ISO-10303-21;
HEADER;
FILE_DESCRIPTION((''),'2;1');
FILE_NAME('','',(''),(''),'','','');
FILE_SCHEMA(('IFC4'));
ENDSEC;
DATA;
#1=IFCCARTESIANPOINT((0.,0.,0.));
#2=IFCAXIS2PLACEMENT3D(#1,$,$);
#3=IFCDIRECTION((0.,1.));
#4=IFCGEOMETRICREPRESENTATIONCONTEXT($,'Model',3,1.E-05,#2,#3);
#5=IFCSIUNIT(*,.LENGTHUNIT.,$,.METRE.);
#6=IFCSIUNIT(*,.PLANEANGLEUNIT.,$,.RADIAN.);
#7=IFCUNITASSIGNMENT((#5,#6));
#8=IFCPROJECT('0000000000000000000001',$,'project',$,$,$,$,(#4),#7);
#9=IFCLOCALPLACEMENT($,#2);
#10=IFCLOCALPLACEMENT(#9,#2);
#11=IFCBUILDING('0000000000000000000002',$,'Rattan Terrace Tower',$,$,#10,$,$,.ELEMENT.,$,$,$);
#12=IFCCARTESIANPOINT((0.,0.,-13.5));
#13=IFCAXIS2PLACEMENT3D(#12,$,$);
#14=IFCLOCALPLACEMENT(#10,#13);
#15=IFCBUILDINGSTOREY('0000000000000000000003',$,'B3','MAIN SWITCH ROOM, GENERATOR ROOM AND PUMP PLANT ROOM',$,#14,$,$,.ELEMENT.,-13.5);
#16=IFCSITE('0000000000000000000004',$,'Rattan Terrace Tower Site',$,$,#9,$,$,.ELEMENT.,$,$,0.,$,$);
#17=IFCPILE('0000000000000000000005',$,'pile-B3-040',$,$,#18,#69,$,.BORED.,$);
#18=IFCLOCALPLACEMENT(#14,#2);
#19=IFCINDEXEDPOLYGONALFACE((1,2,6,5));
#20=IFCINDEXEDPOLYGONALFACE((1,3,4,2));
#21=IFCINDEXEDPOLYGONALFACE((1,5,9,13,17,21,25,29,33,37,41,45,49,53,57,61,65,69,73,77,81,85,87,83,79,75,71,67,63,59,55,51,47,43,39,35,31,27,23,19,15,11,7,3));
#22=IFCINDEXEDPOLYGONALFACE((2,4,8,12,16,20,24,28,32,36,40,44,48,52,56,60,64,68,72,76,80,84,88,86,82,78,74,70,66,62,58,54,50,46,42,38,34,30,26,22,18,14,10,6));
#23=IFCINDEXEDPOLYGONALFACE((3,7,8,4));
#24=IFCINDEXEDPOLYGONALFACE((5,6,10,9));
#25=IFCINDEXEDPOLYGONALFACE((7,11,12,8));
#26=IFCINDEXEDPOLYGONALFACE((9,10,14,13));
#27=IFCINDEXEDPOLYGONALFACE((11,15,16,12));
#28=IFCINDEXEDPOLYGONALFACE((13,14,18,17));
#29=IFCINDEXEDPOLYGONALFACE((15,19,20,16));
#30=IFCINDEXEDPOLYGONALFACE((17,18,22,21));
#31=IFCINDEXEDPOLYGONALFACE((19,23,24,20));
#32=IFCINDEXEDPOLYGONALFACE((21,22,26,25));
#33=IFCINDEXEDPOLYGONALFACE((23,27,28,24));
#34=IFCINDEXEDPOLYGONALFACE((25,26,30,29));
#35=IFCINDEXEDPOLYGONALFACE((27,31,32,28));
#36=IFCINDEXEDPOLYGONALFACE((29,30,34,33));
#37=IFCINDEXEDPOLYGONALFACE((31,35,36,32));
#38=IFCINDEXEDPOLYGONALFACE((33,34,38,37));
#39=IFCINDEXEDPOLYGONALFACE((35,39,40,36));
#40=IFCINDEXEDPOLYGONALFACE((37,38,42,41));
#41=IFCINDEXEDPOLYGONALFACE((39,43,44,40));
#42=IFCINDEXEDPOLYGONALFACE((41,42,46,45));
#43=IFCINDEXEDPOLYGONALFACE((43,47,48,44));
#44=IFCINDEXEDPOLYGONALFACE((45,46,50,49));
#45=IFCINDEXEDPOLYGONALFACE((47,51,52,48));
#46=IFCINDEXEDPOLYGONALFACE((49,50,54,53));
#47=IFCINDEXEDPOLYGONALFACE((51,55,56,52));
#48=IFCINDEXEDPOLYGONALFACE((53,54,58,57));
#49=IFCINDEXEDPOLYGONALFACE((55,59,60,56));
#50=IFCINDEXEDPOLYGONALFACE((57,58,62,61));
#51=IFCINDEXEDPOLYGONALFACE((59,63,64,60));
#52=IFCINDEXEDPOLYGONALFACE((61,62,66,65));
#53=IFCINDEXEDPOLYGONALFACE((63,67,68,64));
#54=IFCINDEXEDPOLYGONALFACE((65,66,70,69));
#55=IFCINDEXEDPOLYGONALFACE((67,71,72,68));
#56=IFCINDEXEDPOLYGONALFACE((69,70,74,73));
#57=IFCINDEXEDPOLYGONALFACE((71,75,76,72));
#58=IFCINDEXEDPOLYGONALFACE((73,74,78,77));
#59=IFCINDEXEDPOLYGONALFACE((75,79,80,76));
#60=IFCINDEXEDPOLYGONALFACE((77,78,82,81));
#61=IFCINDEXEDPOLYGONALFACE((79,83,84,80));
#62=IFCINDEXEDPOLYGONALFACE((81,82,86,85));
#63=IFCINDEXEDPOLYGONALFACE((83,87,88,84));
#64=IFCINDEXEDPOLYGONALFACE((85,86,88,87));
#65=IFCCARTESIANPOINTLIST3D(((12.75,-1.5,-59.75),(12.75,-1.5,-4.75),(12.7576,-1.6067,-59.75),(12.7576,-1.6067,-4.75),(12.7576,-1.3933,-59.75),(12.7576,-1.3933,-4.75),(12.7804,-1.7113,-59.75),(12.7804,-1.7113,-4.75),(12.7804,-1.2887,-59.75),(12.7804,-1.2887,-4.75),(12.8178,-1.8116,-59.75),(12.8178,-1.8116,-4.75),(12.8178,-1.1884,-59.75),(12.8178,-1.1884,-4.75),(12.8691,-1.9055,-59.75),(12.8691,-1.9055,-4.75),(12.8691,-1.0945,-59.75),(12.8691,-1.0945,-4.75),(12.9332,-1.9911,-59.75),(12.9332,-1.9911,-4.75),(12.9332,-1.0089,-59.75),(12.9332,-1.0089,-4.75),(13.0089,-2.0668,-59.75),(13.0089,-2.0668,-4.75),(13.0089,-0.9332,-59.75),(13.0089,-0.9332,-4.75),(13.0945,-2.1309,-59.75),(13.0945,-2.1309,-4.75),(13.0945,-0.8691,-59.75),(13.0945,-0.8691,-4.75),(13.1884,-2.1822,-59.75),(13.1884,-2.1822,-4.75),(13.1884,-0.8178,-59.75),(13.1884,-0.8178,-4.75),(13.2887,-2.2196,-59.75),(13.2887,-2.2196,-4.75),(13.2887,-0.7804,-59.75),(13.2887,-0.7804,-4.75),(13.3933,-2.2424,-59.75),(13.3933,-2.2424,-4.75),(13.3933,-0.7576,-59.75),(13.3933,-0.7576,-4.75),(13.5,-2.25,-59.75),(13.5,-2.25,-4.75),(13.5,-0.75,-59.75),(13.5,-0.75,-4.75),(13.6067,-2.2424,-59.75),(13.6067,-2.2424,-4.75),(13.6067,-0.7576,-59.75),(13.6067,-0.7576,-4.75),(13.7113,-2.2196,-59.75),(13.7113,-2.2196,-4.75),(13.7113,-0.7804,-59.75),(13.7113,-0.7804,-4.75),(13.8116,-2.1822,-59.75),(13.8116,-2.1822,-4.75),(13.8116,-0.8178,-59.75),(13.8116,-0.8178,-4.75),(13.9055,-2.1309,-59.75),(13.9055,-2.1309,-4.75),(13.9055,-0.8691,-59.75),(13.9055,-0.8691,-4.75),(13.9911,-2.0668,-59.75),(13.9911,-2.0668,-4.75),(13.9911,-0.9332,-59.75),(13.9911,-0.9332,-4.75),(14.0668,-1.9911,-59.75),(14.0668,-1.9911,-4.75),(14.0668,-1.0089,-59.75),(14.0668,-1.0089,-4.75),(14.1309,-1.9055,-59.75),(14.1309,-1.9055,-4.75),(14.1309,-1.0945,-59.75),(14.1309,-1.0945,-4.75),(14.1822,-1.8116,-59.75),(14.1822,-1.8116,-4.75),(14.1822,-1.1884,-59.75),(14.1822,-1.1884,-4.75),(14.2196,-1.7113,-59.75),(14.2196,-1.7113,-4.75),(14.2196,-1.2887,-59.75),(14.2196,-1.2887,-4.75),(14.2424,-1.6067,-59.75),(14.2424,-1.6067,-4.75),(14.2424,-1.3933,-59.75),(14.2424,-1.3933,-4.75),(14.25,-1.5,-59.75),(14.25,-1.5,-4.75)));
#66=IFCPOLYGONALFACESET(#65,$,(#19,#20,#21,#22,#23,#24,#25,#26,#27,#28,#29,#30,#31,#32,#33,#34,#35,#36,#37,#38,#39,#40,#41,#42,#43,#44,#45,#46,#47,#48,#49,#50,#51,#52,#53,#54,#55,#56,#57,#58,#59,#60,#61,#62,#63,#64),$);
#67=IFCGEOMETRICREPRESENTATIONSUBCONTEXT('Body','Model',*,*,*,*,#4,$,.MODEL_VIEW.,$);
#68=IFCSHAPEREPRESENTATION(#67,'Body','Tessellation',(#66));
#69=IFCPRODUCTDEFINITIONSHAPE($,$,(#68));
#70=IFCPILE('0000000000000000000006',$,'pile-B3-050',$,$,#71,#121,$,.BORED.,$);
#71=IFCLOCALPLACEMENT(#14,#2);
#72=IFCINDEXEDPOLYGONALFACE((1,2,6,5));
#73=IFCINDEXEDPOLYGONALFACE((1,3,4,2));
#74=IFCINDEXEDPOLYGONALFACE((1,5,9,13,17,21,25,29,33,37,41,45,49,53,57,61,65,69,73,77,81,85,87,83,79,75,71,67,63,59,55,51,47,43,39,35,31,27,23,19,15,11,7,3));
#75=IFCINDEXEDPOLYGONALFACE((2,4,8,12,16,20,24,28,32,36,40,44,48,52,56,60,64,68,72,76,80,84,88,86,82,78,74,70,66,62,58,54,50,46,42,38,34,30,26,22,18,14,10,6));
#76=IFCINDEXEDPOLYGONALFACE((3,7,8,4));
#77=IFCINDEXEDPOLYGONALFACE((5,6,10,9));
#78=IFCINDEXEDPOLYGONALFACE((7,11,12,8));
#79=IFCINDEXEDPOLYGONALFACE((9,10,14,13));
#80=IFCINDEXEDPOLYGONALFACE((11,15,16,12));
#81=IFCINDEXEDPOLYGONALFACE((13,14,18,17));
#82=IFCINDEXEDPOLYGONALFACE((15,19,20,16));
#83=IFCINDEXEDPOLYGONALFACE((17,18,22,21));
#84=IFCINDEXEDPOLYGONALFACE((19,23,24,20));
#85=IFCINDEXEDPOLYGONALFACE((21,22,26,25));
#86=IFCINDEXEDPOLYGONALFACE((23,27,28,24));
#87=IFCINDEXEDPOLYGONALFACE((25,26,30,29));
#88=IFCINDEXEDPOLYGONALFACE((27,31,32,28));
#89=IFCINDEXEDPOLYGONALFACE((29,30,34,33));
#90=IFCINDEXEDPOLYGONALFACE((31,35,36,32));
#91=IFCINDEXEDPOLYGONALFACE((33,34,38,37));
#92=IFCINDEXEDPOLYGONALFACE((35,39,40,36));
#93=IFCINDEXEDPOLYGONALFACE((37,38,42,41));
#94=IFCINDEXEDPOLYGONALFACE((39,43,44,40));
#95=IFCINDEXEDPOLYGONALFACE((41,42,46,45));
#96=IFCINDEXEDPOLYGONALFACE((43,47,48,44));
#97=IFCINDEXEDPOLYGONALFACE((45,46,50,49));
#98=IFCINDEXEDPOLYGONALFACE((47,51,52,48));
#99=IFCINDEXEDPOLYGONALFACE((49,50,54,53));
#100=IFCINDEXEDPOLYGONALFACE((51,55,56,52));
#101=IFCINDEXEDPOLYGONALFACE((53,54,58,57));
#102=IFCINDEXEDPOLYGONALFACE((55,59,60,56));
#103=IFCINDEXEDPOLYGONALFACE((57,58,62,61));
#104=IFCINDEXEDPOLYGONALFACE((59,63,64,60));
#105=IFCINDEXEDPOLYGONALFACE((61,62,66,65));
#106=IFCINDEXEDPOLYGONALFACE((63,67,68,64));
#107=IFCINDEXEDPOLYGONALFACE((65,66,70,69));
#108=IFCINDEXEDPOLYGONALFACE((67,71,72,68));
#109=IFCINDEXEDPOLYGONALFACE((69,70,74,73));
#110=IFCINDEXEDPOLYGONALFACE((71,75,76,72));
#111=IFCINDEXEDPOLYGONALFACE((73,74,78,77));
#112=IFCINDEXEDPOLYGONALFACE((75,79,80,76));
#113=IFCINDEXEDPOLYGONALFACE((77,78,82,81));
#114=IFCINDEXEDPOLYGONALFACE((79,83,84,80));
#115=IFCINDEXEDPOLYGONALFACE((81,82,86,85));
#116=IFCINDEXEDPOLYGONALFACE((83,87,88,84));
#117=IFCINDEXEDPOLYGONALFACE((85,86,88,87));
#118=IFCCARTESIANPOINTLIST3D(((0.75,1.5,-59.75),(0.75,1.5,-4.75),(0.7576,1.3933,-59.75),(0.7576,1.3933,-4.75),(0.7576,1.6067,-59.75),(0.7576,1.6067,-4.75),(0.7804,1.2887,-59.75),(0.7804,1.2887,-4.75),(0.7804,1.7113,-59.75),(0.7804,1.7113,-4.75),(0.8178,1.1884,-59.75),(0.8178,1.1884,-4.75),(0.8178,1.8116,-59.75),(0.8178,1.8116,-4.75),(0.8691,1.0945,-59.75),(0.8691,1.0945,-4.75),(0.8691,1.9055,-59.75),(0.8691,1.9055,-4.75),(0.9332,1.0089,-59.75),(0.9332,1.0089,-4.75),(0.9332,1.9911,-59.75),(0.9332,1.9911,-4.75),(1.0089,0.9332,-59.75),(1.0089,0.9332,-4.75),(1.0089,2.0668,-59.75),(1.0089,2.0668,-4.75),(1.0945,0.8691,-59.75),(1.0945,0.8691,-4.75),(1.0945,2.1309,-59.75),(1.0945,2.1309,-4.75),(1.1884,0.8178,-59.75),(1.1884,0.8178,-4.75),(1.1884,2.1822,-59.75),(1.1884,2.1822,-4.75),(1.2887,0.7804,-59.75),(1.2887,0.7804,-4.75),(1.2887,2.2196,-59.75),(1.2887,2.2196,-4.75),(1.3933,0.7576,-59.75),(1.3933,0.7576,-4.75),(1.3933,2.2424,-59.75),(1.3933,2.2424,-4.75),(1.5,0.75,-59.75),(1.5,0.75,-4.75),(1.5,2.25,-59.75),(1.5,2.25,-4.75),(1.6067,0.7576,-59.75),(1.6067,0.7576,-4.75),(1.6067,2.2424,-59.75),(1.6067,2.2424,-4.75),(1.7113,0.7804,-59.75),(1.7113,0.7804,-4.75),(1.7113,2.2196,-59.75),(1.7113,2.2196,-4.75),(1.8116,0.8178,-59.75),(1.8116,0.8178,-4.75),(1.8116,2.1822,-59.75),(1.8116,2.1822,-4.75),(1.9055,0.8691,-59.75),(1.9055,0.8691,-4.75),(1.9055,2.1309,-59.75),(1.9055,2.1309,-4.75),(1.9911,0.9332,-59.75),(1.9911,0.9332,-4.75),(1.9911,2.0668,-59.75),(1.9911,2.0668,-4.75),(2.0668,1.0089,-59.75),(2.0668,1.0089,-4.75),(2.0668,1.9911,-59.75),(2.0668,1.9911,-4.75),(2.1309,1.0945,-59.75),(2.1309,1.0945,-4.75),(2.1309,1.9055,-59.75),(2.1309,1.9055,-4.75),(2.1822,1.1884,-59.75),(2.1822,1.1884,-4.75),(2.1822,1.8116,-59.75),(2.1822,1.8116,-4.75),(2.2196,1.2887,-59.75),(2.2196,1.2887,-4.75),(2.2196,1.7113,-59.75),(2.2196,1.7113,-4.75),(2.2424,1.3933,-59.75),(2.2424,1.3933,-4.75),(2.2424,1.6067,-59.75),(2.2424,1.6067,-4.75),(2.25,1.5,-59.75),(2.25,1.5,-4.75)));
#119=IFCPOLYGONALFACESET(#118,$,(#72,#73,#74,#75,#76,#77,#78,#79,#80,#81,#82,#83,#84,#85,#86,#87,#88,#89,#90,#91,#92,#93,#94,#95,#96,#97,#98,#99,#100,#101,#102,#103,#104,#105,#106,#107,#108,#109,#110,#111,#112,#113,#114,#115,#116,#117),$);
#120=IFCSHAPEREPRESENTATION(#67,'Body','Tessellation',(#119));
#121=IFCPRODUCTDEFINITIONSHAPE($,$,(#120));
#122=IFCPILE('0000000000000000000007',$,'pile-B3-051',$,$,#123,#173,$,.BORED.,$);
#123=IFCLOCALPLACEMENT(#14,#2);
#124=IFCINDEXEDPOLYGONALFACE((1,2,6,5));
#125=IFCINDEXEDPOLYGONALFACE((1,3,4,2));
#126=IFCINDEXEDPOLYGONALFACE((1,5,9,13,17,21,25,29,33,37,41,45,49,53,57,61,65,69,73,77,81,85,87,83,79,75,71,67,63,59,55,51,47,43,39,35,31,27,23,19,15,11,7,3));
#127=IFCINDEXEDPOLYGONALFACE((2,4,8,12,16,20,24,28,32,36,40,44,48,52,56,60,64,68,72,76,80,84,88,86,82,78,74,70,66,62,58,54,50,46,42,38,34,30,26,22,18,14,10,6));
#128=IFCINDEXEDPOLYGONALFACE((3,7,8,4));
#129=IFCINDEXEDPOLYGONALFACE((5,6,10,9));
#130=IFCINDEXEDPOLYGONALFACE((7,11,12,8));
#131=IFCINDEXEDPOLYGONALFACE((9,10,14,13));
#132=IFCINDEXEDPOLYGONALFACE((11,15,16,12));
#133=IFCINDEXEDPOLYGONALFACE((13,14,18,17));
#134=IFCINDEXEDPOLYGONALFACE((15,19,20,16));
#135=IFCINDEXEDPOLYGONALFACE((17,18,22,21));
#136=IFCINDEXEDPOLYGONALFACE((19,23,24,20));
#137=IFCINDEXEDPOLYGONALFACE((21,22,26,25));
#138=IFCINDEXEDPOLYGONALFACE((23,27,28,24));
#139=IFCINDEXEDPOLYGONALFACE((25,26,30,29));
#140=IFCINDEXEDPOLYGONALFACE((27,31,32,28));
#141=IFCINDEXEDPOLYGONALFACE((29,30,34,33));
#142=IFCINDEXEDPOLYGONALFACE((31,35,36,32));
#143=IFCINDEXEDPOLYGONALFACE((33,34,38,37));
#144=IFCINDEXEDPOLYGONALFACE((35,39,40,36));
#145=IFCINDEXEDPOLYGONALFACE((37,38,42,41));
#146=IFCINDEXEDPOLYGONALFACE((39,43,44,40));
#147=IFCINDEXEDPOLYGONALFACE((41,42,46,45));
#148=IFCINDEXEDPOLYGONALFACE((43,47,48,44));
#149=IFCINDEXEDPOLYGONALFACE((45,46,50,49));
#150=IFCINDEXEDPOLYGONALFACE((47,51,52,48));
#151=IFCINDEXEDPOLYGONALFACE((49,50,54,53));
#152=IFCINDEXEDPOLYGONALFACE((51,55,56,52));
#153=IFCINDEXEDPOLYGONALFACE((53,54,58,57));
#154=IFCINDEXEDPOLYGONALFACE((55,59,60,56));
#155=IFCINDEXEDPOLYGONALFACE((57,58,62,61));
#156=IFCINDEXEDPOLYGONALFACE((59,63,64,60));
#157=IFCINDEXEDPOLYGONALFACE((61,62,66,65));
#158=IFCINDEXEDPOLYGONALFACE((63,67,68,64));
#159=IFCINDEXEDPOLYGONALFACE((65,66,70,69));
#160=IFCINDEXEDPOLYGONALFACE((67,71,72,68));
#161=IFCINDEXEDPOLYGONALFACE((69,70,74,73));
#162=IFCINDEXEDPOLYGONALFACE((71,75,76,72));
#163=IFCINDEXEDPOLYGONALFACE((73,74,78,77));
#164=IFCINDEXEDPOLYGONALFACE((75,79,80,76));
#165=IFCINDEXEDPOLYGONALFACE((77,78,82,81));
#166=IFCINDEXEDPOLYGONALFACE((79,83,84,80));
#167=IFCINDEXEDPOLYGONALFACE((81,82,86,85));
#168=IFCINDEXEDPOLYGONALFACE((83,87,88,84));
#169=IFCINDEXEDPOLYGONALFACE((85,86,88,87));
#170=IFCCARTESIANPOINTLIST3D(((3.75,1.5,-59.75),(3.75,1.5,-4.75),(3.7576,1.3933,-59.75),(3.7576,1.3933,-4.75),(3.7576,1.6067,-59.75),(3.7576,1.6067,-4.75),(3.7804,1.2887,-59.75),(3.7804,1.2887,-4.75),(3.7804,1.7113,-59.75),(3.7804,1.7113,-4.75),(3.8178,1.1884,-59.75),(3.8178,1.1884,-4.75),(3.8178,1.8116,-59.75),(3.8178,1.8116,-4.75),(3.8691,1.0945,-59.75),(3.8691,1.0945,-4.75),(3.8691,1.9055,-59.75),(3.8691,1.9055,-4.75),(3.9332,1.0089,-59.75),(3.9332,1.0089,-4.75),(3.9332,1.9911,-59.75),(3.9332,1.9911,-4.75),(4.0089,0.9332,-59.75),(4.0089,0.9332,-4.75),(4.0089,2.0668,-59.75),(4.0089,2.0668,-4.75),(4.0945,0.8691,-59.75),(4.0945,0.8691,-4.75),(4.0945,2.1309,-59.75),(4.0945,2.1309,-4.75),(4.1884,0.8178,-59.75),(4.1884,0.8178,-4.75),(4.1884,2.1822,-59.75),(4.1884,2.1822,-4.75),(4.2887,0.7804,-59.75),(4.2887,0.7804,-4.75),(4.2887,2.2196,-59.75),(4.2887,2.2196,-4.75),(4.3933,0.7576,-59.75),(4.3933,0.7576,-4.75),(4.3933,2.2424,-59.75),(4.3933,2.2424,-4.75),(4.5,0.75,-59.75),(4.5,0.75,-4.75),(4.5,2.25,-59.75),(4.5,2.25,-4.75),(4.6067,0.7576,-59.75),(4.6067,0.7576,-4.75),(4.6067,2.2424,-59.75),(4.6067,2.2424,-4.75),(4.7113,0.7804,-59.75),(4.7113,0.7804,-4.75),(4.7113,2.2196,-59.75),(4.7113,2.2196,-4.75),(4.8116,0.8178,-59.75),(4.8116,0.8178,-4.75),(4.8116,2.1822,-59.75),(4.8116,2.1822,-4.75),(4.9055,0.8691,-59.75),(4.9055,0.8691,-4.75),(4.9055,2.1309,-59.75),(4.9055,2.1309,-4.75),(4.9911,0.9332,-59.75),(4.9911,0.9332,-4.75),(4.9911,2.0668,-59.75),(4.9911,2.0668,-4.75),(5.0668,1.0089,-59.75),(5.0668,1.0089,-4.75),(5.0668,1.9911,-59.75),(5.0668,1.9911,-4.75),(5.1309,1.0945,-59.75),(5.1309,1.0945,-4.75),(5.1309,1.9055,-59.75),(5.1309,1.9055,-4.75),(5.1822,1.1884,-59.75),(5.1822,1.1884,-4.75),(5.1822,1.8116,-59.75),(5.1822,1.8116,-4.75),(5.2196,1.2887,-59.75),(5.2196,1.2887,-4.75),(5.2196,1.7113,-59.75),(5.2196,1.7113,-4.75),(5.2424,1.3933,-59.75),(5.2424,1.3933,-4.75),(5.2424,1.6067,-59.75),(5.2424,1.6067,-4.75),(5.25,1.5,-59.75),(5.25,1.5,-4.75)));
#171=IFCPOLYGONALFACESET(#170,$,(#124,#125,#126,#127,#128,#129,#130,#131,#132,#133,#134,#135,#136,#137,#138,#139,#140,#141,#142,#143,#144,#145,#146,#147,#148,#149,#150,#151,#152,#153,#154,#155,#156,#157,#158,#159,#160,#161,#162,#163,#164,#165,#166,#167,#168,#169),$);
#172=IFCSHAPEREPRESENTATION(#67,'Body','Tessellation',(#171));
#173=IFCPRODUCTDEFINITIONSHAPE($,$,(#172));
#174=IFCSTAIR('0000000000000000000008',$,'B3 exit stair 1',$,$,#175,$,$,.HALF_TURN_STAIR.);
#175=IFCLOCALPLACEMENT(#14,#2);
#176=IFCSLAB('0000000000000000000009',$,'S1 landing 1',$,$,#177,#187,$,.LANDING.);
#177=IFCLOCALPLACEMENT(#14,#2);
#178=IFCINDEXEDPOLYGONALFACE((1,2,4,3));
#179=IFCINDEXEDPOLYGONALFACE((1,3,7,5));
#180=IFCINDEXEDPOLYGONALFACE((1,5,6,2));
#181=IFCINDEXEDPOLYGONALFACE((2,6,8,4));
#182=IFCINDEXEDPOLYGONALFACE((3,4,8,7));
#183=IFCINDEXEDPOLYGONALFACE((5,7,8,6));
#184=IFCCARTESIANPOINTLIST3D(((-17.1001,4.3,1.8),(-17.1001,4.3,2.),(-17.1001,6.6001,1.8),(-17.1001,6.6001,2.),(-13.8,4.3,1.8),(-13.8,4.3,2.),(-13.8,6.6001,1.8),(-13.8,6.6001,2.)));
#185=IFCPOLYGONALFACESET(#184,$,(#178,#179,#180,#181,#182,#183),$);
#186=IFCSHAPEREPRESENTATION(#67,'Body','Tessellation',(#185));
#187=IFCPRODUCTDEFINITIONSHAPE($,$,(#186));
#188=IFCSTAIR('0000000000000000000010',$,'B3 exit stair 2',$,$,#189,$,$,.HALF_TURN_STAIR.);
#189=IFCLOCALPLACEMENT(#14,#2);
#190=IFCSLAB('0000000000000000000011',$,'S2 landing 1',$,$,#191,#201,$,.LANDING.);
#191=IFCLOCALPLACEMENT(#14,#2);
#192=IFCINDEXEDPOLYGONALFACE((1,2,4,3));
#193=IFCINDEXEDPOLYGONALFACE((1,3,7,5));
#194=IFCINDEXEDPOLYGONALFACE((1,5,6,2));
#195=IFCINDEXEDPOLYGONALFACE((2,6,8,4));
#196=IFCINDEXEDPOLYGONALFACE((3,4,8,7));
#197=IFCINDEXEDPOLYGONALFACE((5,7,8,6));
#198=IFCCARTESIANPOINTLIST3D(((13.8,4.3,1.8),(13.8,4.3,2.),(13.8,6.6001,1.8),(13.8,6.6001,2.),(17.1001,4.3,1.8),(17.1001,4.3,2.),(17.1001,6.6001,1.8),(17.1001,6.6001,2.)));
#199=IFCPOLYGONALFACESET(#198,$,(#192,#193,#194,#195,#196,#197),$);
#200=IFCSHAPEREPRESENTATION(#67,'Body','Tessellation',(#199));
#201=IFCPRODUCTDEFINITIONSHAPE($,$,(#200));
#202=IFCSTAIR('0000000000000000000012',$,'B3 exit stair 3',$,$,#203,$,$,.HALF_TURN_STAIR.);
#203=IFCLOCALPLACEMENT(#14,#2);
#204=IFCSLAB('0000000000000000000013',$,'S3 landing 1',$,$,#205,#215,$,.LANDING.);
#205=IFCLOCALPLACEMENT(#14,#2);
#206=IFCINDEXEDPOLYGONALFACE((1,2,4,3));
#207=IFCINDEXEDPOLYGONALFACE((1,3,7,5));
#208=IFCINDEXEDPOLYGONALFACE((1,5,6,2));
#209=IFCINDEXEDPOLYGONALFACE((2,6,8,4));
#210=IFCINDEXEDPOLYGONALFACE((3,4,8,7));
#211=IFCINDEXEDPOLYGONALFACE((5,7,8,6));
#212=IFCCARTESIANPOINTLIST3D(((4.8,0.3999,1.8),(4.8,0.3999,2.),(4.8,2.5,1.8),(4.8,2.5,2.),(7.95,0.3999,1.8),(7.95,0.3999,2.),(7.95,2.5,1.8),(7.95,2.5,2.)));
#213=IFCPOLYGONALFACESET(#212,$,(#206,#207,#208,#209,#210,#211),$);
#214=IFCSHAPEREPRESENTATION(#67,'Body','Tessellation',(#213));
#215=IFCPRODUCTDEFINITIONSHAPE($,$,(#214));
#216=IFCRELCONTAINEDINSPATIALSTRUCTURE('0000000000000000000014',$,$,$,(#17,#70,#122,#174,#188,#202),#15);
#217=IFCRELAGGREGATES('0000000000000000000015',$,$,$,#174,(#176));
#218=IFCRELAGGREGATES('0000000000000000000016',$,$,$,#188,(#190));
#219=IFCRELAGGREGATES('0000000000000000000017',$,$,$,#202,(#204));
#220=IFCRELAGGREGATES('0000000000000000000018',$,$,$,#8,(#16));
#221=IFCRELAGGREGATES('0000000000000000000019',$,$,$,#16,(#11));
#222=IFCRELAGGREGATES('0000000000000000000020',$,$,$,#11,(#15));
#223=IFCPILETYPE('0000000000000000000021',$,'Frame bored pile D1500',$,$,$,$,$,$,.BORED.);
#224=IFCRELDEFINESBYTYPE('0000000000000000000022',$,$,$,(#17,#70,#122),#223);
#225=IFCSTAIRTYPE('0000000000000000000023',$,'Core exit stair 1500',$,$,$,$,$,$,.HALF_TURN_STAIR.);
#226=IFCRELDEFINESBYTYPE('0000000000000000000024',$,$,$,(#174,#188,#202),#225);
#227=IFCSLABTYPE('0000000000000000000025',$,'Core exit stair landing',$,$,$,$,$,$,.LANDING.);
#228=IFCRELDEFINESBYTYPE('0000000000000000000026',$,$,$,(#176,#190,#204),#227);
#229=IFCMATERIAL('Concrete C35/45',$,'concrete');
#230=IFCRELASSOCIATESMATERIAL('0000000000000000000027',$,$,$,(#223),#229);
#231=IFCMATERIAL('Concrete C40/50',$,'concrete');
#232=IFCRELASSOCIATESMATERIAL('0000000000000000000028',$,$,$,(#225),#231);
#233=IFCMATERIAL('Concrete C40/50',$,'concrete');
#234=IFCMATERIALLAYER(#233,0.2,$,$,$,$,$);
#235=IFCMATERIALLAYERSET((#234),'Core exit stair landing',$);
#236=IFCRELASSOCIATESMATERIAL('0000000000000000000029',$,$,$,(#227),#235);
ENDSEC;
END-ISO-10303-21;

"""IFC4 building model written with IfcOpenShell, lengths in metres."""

from ifc_helpers import new_model, si_unit, direction, frame, origin, origin_2d, place, context, subcontext, project, spatial, polyline, circle, outline, extrude, material, layer, layer_set, material_profile, profile_set, type_object, element, aggregate, save


model = new_model("IFC4")

# Units and contexts
model_context = context("Model", 3, precision=1e-05, world=origin(), true_north=direction((0.0, 1.0)))
body_context = subcontext(model_context, "Body", "Model", "MODEL_VIEW")
ifc_project = project(units=[si_unit("LENGTHUNIT", "METRE"), si_unit("PLANEANGLEUNIT", "RADIAN")], contexts=[model_context])

# Site, building, storey
site_placement = place(None, origin())
site = spatial("IfcSite", under=ifc_project, at=site_placement, Name="Rattan Terrace Tower Site", CompositionType="ELEMENT", RefElevation=0.0)
building_placement = place(site_placement, origin())
building = spatial("IfcBuilding", under=site, at=building_placement, Name="Rattan Terrace Tower", CompositionType="ELEMENT")
storey_placement = place(building_placement, frame((0.0, 0.0, -13.5)))
storey = spatial("IfcBuildingStorey", under=building, at=storey_placement, Name="B3", Description="MAIN SWITCH ROOM, GENERATOR ROOM AND PUMP PLANT ROOM", CompositionType="ELEMENT", Elevation=-13.5)

# Piles
ifc_material_1 = material(Name="Concrete C35/45", Category="concrete")
ifc_material_profile = material_profile(ifc_material_1, circle(Radius=0.75, at=origin_2d()), Name="PILE D1500")
ifc_profile_set = profile_set([ifc_material_profile], Name="Concrete C35/45")
pile_type = type_object("IfcPileType", Name="Frame bored pile D1500", PredefinedType="BORED", material=ifc_profile_set)
for number, where, z_axis, x_axis, name in (
    (1, (13.5, -1.5, -4.75), (0.0, 0.0, -1.0), (1.0, 0.0, 0.0), "pile-B3-040"),
    (2, (1.5, 1.5, -4.75), (0.0, 0.0, -1.0), (1.0, 0.0, 0.0), "pile-B3-050"),
    (3, (4.5, 1.5, -4.75), (0.0, 0.0, -1.0), (1.0, 0.0, 0.0), "pile-B3-051"),
):
    element("IfcPile", number, at=place(storey_placement, frame(where, z_axis=z_axis, x_axis=x_axis)), inside=storey, type_object=pile_type, Name=name, PredefinedType="BORED", context=body_context, shape_type="SweptSolid", body=[
        extrude(circle(Radius=0.75, at=origin_2d()), origin(), (0.0, 0.0, 1.0), 55.0),
    ])

# Stairs, slabs
ifc_material_2 = material(Name="Concrete C40/50", Category="concrete")
stair_type = type_object("IfcStairType", Name="Core exit stair 1500", PredefinedType="HALF_TURN_STAIR", material=ifc_material_2)
stair_1_placement = place(storey_placement, origin())
stair_1 = element("IfcStair", 4, at=stair_1_placement, inside=storey, type_object=stair_type, Name="B3 exit stair 1", PredefinedType="HALF_TURN_STAIR")
ifc_material_3 = material(Name="Concrete C40/50", Category="concrete")
ifc_layer_1 = layer(ifc_material_3, 0.2)
ifc_layer_set_1 = layer_set([ifc_layer_1], Name="Core exit stair landing")
slab_type = type_object("IfcSlabType", Name="Core exit stair landing", PredefinedType="LANDING", material=ifc_layer_set_1)
slab_1_placement = place(storey_placement, frame((0.0, 0.0, 1.8)))
slab_1 = element("IfcSlab", 5, at=slab_1_placement, type_object=slab_type, Name="S1 landing 1", PredefinedType="LANDING", context=body_context, shape_type="SweptSolid", body=[
    extrude(outline(polyline([(-13.8, 4.3), (-13.8, 6.6001), (-17.1001, 6.6001), (-17.1001, 4.3), (-13.8, 4.3)])), origin(), (0.0, 0.0, 1.0), 0.2),
])
aggregate(stair_1, [slab_1])
stair_2_placement = place(storey_placement, origin())
stair_2 = element("IfcStair", 6, at=stair_2_placement, inside=storey, type_object=stair_type, Name="B3 exit stair 2", PredefinedType="HALF_TURN_STAIR")
slab_2_placement = place(storey_placement, frame((0.0, 0.0, 1.8)))
slab_2 = element("IfcSlab", 7, at=slab_2_placement, type_object=slab_type, Name="S2 landing 1", PredefinedType="LANDING", context=body_context, shape_type="SweptSolid", body=[
    extrude(outline(polyline([(17.1001, 4.3), (17.1001, 6.6001), (13.8, 6.6001), (13.8, 4.3), (17.1001, 4.3)])), origin(), (0.0, 0.0, 1.0), 0.2),
])
aggregate(stair_2, [slab_2])
stair_3_placement = place(storey_placement, origin())
stair_3 = element("IfcStair", 8, at=stair_3_placement, inside=storey, type_object=stair_type, Name="B3 exit stair 3", PredefinedType="HALF_TURN_STAIR")
slab_3_placement = place(storey_placement, frame((0.0, 0.0, 1.8)))
slab_3 = element("IfcSlab", 9, at=slab_3_placement, type_object=slab_type, Name="S3 landing 1", PredefinedType="LANDING", context=body_context, shape_type="SweptSolid", body=[
    extrude(outline(polyline([(4.8, 2.5), (4.8, 0.3999), (7.95, 0.3999), (7.95, 2.5), (4.8, 2.5)])), origin(), (0.0, 0.0, 1.0), 0.2),
])
aggregate(stair_3, [slab_3])

save(model, "model.ifc")
